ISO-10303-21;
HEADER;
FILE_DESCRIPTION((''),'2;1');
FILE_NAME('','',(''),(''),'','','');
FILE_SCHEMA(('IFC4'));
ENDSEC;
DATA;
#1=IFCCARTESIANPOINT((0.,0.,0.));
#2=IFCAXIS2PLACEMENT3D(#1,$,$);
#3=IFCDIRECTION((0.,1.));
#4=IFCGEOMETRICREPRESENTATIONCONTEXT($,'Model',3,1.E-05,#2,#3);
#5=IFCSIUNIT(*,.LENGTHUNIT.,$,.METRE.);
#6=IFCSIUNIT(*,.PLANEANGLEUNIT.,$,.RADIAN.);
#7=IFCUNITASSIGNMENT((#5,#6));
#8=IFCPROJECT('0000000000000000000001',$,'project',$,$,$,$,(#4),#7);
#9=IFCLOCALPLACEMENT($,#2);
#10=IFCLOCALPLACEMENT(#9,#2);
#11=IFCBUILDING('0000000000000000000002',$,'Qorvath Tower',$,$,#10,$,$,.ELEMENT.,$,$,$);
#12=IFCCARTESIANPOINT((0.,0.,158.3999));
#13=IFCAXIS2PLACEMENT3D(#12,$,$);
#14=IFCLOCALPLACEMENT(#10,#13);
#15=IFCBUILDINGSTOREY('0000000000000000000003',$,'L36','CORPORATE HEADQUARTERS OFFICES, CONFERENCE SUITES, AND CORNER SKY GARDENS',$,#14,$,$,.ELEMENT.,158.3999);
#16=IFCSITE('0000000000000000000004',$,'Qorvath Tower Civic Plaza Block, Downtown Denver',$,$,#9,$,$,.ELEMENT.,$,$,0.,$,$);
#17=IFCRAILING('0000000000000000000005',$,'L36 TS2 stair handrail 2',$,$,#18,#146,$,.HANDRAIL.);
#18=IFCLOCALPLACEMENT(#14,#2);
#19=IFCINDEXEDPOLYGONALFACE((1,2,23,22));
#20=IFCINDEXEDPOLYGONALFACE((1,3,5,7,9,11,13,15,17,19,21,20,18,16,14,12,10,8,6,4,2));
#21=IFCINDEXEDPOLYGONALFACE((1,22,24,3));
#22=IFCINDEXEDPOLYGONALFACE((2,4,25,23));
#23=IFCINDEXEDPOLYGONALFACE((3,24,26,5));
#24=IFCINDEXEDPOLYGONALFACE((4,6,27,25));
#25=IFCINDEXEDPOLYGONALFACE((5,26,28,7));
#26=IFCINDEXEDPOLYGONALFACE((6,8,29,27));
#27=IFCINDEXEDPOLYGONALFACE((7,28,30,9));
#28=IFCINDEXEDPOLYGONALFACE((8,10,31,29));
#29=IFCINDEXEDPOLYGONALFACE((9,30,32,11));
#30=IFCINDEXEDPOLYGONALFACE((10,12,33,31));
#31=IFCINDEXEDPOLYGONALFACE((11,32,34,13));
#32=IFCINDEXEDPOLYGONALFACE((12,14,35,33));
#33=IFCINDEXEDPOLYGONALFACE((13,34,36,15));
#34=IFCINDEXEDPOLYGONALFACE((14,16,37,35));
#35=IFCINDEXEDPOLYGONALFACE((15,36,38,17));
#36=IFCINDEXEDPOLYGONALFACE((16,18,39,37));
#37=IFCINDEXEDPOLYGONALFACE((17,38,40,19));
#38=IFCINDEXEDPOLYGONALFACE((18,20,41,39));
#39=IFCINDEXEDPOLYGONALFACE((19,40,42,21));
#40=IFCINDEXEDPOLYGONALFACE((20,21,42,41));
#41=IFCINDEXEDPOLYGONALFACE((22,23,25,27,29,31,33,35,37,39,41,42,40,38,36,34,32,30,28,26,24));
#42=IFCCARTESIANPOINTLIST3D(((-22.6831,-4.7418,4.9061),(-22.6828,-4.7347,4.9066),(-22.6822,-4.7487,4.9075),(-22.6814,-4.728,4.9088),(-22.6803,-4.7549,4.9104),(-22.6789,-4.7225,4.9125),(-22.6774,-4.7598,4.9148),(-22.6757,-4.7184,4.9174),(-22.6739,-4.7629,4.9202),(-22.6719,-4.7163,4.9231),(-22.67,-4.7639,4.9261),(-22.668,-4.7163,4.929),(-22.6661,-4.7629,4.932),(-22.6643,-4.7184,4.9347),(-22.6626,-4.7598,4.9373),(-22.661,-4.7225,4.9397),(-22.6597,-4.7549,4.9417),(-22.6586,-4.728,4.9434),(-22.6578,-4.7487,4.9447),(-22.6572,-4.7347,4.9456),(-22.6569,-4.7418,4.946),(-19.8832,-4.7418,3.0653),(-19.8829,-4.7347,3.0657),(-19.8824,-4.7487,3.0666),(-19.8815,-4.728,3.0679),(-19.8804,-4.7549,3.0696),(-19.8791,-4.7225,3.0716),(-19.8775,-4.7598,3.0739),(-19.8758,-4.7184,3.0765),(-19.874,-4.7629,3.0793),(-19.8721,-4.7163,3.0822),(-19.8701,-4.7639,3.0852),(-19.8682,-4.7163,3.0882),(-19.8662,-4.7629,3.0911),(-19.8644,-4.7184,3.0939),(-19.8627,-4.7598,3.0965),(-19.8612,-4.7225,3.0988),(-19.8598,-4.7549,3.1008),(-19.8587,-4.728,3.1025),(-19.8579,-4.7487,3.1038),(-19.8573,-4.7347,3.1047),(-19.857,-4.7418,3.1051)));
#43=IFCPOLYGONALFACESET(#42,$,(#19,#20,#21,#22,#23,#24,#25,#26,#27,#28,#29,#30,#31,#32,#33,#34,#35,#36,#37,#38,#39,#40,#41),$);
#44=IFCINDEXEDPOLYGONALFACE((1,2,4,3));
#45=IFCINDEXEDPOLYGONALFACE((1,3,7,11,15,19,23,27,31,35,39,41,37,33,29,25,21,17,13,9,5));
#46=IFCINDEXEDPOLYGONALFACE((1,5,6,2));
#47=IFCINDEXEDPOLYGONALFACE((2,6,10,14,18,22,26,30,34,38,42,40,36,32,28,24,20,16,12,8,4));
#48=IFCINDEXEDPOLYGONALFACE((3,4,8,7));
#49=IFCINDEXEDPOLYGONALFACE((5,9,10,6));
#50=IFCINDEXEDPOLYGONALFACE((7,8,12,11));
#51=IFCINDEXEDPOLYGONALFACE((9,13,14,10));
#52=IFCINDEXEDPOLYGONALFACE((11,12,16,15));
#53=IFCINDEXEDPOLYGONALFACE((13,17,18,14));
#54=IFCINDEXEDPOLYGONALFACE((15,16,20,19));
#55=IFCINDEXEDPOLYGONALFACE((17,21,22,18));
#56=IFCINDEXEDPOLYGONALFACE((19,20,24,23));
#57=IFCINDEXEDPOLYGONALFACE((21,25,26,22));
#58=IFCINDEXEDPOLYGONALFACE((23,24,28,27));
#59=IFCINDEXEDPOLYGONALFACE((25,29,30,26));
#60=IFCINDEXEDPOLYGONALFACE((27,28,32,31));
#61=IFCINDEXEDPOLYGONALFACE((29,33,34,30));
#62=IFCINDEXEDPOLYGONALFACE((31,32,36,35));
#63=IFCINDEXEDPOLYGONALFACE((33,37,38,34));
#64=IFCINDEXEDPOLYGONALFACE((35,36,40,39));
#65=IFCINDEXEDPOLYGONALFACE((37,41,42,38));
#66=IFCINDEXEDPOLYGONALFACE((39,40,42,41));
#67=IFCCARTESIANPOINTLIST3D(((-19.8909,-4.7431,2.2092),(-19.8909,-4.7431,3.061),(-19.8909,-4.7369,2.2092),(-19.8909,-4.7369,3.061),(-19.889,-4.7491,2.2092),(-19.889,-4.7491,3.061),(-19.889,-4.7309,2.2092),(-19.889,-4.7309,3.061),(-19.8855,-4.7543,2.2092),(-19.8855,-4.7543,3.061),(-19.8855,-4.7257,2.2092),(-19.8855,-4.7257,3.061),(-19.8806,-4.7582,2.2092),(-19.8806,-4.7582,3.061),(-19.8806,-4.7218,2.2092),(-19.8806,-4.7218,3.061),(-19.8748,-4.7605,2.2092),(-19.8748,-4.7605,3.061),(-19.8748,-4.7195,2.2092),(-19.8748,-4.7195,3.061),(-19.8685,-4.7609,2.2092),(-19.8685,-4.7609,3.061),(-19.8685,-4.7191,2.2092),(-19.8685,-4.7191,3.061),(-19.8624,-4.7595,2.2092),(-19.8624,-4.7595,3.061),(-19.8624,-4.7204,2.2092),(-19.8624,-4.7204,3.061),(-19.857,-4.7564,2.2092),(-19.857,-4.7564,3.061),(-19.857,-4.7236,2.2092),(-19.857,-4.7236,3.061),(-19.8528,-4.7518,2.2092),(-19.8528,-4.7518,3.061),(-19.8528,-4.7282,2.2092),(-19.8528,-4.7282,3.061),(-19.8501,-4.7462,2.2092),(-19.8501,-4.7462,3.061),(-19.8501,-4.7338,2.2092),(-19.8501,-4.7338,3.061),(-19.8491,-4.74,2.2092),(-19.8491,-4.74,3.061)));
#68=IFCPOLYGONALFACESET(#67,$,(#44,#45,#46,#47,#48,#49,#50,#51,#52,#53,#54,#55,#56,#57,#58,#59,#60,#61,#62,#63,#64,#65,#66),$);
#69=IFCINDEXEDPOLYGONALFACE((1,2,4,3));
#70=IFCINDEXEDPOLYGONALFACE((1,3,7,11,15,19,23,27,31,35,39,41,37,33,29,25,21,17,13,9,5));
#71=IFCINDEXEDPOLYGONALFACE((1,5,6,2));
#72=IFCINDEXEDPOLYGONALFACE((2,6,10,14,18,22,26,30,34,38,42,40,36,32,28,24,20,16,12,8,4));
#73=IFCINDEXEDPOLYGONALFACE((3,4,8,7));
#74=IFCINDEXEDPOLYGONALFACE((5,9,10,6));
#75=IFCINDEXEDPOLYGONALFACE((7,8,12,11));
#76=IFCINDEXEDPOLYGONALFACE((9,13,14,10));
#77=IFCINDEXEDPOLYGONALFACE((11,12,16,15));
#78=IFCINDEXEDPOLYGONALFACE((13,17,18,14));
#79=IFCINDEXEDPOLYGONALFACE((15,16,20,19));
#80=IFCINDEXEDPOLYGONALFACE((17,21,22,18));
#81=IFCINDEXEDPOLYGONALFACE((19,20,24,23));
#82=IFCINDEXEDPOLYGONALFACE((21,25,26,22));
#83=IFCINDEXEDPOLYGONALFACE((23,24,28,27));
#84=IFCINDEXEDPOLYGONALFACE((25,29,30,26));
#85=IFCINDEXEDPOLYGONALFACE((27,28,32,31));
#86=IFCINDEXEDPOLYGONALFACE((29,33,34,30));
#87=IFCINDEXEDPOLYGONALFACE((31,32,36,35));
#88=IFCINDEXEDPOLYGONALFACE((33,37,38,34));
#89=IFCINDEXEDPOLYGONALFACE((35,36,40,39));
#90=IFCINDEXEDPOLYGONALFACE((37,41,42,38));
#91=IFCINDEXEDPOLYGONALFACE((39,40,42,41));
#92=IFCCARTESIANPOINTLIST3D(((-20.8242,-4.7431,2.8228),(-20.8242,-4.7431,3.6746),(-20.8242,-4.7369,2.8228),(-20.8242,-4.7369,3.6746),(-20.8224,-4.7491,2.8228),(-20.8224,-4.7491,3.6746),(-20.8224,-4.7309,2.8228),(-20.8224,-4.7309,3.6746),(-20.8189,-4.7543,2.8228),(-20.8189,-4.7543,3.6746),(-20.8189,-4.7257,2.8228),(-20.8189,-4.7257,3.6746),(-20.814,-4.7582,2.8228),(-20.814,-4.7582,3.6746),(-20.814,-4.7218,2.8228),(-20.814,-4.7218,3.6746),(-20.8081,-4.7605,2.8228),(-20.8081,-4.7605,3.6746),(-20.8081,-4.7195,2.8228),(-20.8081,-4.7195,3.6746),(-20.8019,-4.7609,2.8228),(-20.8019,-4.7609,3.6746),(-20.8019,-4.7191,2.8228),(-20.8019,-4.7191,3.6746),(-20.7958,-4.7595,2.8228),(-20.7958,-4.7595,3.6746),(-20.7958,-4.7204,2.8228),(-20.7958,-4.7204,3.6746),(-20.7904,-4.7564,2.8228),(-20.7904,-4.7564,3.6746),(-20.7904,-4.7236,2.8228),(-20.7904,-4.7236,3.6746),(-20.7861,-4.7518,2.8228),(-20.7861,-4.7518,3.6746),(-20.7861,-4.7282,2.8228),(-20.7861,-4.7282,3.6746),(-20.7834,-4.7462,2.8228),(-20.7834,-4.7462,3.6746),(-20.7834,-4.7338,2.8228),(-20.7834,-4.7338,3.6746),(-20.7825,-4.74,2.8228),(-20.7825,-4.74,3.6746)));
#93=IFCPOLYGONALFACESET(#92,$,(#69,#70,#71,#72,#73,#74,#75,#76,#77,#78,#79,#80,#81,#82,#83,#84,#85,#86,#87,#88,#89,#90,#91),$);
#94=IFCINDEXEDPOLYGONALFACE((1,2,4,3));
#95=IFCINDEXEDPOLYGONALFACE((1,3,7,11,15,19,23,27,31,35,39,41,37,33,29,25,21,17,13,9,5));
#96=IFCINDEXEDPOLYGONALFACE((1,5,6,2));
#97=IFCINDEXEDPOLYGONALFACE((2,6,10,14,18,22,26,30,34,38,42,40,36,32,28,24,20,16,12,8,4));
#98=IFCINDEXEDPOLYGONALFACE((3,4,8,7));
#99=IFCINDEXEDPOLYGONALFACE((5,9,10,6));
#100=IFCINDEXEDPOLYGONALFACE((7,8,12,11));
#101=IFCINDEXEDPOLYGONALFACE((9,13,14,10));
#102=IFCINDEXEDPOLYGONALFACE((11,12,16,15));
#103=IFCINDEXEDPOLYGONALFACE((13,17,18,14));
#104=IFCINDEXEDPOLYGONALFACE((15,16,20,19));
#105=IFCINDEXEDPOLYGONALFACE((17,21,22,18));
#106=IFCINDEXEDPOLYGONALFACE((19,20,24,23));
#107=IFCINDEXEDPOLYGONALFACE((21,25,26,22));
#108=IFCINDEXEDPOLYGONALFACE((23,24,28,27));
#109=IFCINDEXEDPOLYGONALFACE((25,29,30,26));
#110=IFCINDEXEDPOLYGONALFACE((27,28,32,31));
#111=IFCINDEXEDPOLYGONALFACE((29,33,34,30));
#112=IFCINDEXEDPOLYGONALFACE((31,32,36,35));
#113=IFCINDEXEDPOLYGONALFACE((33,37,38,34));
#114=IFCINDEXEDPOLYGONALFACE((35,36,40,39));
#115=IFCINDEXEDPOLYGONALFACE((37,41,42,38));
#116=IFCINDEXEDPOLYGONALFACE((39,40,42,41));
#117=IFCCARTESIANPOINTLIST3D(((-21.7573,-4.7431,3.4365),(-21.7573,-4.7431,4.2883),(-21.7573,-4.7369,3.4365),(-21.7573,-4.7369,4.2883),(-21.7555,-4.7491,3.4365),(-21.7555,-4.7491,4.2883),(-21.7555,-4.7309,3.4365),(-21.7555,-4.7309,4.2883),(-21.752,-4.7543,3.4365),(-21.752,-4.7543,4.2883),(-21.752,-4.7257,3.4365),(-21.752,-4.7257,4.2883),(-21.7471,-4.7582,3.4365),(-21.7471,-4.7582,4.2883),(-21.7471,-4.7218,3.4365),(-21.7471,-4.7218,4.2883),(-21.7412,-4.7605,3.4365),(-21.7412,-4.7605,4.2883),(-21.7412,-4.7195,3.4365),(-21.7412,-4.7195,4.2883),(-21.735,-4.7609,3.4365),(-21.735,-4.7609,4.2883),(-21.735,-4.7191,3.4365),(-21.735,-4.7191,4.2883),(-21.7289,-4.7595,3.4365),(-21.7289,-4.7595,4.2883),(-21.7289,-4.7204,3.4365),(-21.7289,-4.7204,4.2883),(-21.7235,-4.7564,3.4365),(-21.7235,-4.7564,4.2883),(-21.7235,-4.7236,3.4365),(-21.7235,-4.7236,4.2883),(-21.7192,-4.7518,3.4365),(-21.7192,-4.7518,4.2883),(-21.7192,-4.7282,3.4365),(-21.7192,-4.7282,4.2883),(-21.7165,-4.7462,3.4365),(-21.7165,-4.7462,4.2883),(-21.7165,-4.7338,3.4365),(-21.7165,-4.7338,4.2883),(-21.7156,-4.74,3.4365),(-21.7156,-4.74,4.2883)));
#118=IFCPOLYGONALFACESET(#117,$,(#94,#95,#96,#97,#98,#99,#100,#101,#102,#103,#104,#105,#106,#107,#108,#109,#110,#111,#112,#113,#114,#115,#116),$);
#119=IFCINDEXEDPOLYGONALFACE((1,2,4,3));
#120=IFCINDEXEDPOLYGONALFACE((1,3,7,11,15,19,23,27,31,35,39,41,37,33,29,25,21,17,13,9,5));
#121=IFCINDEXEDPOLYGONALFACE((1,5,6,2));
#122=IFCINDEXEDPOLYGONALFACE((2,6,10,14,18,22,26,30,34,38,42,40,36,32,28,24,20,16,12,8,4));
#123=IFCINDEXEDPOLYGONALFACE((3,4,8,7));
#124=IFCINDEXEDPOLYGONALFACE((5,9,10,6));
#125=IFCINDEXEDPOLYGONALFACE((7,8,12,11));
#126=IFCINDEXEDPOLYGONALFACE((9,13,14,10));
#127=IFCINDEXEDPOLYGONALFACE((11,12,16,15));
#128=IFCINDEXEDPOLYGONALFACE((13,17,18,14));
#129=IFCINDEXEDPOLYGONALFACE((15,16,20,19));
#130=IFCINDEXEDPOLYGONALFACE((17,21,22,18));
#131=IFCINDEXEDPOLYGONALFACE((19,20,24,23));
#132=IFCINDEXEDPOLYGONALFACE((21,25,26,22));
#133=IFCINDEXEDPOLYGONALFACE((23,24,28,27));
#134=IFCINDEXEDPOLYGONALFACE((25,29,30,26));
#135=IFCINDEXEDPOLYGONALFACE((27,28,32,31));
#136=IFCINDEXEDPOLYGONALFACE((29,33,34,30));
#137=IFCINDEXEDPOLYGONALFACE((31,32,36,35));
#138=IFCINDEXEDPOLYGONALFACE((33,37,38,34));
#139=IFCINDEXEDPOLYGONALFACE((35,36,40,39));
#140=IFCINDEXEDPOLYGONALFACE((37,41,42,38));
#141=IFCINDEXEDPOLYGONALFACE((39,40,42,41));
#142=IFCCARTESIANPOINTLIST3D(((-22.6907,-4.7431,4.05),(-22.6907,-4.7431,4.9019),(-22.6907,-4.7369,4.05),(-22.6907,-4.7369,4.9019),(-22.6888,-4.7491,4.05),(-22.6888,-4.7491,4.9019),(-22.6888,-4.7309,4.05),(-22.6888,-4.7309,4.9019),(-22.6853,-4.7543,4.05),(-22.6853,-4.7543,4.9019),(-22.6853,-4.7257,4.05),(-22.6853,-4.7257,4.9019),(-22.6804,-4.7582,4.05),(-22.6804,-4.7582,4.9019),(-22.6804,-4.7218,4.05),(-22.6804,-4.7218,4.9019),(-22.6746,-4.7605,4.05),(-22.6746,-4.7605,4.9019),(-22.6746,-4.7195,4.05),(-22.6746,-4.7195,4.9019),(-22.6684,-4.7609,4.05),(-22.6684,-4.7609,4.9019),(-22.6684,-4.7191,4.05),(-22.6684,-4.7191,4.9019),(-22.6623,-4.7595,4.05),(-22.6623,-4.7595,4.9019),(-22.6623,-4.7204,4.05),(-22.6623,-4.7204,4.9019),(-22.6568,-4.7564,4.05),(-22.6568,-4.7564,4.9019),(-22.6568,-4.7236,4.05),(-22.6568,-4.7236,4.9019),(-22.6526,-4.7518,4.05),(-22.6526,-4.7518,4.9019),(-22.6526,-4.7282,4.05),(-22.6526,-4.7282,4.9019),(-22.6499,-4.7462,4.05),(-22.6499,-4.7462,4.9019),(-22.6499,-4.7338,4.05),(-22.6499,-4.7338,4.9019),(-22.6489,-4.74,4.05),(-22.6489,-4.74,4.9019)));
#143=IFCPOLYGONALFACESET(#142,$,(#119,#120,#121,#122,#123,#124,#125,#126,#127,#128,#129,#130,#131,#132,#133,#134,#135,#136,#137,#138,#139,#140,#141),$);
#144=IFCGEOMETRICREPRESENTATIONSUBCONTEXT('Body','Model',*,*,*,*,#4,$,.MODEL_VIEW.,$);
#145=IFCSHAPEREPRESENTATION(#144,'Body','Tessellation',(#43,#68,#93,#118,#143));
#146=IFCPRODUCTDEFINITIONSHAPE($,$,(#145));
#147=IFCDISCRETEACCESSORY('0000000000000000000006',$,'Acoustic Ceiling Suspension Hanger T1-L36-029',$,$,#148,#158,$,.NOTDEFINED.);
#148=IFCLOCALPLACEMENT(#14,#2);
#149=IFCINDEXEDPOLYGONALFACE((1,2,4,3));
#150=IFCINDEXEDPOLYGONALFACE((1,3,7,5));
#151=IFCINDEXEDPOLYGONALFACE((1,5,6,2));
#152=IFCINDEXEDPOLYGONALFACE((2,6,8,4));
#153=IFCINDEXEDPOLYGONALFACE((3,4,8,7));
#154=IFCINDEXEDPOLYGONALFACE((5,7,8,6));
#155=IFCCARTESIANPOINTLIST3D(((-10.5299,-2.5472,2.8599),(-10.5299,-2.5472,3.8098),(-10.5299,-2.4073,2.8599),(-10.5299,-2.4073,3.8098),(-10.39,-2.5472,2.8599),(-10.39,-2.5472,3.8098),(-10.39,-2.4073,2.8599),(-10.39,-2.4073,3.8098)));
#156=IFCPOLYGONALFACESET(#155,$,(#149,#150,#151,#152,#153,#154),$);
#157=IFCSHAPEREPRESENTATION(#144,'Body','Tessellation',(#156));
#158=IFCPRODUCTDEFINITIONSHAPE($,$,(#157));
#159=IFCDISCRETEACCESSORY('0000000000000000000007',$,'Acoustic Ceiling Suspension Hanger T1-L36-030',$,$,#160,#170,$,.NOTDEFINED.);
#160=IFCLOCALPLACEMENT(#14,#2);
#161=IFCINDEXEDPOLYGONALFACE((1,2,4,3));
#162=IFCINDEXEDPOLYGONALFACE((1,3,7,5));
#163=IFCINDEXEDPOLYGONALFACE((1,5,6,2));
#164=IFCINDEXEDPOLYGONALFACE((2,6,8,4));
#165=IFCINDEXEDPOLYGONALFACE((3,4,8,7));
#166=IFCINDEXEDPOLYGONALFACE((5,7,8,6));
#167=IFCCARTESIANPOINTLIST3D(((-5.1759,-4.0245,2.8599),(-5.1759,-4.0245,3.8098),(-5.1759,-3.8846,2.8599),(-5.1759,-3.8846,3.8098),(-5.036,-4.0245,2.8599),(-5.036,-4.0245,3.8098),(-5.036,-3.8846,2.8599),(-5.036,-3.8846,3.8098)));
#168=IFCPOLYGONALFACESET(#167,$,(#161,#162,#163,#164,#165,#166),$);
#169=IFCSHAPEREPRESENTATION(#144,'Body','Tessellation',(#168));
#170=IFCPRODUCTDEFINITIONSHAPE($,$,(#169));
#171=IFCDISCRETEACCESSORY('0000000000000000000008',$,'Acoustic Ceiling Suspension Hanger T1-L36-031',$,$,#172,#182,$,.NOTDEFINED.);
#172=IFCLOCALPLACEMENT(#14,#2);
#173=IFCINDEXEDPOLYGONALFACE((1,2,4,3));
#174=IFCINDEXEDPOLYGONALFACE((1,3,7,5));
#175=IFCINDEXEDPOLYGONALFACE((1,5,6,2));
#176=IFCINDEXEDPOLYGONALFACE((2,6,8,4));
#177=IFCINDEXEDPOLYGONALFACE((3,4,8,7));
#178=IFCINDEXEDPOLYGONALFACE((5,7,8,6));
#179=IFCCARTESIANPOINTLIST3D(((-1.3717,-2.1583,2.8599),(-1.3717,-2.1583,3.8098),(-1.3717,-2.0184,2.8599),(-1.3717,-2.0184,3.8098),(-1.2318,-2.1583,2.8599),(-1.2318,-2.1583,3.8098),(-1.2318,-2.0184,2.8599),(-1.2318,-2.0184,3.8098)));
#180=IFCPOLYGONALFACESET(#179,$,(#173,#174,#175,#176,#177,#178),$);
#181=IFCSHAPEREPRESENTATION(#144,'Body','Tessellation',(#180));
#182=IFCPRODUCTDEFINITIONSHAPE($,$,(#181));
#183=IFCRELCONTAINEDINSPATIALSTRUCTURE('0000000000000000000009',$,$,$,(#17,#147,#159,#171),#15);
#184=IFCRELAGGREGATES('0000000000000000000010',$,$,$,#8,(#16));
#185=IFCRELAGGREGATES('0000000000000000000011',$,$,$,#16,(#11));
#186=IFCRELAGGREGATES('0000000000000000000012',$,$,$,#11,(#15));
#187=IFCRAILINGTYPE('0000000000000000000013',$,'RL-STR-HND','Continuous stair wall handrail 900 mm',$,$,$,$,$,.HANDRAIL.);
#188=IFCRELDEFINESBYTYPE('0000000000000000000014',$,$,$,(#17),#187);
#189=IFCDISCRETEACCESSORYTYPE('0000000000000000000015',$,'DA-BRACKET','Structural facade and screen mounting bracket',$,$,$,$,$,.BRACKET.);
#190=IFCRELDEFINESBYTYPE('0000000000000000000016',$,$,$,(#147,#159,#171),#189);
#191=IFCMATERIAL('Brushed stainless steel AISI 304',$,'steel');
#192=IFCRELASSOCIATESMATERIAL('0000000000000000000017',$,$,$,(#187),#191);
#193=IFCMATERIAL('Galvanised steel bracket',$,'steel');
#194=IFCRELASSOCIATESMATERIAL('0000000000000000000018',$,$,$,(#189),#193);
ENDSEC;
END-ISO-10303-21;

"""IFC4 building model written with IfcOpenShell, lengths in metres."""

from ifc_helpers import new_model, si_unit, direction, frame, origin, origin_2d, place, context, subcontext, project, spatial, rectangle, circle, extrude, material, type_object, element, save


model = new_model("IFC4")

# Units and contexts
model_context = context("Model", 3, precision=1e-05, world=origin(), true_north=direction((0.0, 1.0)))
body_context = subcontext(model_context, "Body", "Model", "MODEL_VIEW")
ifc_project = project(units=[si_unit("LENGTHUNIT", "METRE"), si_unit("PLANEANGLEUNIT", "RADIAN")], contexts=[model_context])

# Site, building, storey
site_placement = place(None, origin())
site = spatial("IfcSite", under=ifc_project, at=site_placement, Name="Qorvath Tower Civic Plaza Block, Downtown Denver", CompositionType="ELEMENT", RefElevation=0.0)
building_placement = place(site_placement, origin())
building = spatial("IfcBuilding", under=site, at=building_placement, Name="Qorvath Tower", CompositionType="ELEMENT")
storey_placement = place(building_placement, frame((0.0, 0.0, 158.3999)))
storey = spatial("IfcBuildingStorey", under=building, at=storey_placement, Name="L36", Description="CORPORATE HEADQUARTERS OFFICES, CONFERENCE SUITES, AND CORNER SKY GARDENS", CompositionType="ELEMENT", Elevation=158.3999)

# Railing
ifc_material_1 = material(Name="Brushed stainless steel AISI 304", Category="steel")
railing_type_1 = type_object("IfcRailingType", Name="RL-STR-HND", Description="Continuous stair wall handrail 900 mm", PredefinedType="HANDRAIL", material=ifc_material_1)
railing_1_placement = place(storey_placement, frame((-19.8701, -4.74, 2.2092)))
element("IfcRailing", 1, at=railing_1_placement, inside=storey, type_object=railing_type_1, Name="L36 TS2 stair handrail 2", PredefinedType="HANDRAIL", context=body_context, shape_type="SweptSolid", body=[
    extrude(circle(Radius=0.0239, at=origin_2d()), frame((0.0, 0.0, 0.876), z_axis=(-0.835576, 0.0, 0.549376), x_axis=(0.0, -1.0, 0.0)), (0.0, 0.0, 1.0), 3.3508),
    extrude(circle(Radius=0.021, at=origin_2d()), origin(), (0.0, 0.0, 1.0), 0.8518),
    extrude(circle(Radius=0.021, at=origin_2d()), frame((-0.9333, 0.0, 0.6135)), (0.0, 0.0, 1.0), 0.8518),
    extrude(circle(Radius=0.021, at=origin_2d()), frame((-1.8665, 0.0, 1.2273)), (0.0, 0.0, 1.0), 0.8518),
    extrude(circle(Radius=0.021, at=origin_2d()), frame((-2.7998, 0.0, 1.8408)), (0.0, 0.0, 1.0), 0.8518),
])

# Discrete accessories
ifc_material_2 = material(Name="Galvanised steel bracket", Category="steel")
discrete_accessory_type = type_object("IfcDiscreteAccessoryType", Name="DA-BRACKET", Description="Structural facade and screen mounting bracket", PredefinedType="BRACKET", material=ifc_material_2)
for number, where, z_axis, x_axis, name in (
    (2, (-10.46, -2.4773, 2.8599), (0.0, 0.0, 1.0), (1.0, 0.0, 0.0), "Acoustic Ceiling Suspension Hanger T1-L36-029"),
    (3, (-5.106, -3.9546, 2.8599), (0.0, 0.0, 1.0), (1.0, 0.0, 0.0), "Acoustic Ceiling Suspension Hanger T1-L36-030"),
    (4, (-1.3018, -2.0884, 2.8599), (0.0, 0.0, 1.0), (1.0, 0.0, 0.0), "Acoustic Ceiling Suspension Hanger T1-L36-031"),
):
    element("IfcDiscreteAccessory", number, at=place(storey_placement, frame(where, z_axis=z_axis, x_axis=x_axis)), inside=storey, type_object=discrete_accessory_type, Name=name, PredefinedType="NOTDEFINED", context=body_context, shape_type="SweptSolid", body=[
        extrude(rectangle(XDim=0.1399, YDim=0.1399, at=origin_2d()), origin(), (0.0, 0.0, 1.0), 0.95),
    ])

save(model, "model.ifc")
